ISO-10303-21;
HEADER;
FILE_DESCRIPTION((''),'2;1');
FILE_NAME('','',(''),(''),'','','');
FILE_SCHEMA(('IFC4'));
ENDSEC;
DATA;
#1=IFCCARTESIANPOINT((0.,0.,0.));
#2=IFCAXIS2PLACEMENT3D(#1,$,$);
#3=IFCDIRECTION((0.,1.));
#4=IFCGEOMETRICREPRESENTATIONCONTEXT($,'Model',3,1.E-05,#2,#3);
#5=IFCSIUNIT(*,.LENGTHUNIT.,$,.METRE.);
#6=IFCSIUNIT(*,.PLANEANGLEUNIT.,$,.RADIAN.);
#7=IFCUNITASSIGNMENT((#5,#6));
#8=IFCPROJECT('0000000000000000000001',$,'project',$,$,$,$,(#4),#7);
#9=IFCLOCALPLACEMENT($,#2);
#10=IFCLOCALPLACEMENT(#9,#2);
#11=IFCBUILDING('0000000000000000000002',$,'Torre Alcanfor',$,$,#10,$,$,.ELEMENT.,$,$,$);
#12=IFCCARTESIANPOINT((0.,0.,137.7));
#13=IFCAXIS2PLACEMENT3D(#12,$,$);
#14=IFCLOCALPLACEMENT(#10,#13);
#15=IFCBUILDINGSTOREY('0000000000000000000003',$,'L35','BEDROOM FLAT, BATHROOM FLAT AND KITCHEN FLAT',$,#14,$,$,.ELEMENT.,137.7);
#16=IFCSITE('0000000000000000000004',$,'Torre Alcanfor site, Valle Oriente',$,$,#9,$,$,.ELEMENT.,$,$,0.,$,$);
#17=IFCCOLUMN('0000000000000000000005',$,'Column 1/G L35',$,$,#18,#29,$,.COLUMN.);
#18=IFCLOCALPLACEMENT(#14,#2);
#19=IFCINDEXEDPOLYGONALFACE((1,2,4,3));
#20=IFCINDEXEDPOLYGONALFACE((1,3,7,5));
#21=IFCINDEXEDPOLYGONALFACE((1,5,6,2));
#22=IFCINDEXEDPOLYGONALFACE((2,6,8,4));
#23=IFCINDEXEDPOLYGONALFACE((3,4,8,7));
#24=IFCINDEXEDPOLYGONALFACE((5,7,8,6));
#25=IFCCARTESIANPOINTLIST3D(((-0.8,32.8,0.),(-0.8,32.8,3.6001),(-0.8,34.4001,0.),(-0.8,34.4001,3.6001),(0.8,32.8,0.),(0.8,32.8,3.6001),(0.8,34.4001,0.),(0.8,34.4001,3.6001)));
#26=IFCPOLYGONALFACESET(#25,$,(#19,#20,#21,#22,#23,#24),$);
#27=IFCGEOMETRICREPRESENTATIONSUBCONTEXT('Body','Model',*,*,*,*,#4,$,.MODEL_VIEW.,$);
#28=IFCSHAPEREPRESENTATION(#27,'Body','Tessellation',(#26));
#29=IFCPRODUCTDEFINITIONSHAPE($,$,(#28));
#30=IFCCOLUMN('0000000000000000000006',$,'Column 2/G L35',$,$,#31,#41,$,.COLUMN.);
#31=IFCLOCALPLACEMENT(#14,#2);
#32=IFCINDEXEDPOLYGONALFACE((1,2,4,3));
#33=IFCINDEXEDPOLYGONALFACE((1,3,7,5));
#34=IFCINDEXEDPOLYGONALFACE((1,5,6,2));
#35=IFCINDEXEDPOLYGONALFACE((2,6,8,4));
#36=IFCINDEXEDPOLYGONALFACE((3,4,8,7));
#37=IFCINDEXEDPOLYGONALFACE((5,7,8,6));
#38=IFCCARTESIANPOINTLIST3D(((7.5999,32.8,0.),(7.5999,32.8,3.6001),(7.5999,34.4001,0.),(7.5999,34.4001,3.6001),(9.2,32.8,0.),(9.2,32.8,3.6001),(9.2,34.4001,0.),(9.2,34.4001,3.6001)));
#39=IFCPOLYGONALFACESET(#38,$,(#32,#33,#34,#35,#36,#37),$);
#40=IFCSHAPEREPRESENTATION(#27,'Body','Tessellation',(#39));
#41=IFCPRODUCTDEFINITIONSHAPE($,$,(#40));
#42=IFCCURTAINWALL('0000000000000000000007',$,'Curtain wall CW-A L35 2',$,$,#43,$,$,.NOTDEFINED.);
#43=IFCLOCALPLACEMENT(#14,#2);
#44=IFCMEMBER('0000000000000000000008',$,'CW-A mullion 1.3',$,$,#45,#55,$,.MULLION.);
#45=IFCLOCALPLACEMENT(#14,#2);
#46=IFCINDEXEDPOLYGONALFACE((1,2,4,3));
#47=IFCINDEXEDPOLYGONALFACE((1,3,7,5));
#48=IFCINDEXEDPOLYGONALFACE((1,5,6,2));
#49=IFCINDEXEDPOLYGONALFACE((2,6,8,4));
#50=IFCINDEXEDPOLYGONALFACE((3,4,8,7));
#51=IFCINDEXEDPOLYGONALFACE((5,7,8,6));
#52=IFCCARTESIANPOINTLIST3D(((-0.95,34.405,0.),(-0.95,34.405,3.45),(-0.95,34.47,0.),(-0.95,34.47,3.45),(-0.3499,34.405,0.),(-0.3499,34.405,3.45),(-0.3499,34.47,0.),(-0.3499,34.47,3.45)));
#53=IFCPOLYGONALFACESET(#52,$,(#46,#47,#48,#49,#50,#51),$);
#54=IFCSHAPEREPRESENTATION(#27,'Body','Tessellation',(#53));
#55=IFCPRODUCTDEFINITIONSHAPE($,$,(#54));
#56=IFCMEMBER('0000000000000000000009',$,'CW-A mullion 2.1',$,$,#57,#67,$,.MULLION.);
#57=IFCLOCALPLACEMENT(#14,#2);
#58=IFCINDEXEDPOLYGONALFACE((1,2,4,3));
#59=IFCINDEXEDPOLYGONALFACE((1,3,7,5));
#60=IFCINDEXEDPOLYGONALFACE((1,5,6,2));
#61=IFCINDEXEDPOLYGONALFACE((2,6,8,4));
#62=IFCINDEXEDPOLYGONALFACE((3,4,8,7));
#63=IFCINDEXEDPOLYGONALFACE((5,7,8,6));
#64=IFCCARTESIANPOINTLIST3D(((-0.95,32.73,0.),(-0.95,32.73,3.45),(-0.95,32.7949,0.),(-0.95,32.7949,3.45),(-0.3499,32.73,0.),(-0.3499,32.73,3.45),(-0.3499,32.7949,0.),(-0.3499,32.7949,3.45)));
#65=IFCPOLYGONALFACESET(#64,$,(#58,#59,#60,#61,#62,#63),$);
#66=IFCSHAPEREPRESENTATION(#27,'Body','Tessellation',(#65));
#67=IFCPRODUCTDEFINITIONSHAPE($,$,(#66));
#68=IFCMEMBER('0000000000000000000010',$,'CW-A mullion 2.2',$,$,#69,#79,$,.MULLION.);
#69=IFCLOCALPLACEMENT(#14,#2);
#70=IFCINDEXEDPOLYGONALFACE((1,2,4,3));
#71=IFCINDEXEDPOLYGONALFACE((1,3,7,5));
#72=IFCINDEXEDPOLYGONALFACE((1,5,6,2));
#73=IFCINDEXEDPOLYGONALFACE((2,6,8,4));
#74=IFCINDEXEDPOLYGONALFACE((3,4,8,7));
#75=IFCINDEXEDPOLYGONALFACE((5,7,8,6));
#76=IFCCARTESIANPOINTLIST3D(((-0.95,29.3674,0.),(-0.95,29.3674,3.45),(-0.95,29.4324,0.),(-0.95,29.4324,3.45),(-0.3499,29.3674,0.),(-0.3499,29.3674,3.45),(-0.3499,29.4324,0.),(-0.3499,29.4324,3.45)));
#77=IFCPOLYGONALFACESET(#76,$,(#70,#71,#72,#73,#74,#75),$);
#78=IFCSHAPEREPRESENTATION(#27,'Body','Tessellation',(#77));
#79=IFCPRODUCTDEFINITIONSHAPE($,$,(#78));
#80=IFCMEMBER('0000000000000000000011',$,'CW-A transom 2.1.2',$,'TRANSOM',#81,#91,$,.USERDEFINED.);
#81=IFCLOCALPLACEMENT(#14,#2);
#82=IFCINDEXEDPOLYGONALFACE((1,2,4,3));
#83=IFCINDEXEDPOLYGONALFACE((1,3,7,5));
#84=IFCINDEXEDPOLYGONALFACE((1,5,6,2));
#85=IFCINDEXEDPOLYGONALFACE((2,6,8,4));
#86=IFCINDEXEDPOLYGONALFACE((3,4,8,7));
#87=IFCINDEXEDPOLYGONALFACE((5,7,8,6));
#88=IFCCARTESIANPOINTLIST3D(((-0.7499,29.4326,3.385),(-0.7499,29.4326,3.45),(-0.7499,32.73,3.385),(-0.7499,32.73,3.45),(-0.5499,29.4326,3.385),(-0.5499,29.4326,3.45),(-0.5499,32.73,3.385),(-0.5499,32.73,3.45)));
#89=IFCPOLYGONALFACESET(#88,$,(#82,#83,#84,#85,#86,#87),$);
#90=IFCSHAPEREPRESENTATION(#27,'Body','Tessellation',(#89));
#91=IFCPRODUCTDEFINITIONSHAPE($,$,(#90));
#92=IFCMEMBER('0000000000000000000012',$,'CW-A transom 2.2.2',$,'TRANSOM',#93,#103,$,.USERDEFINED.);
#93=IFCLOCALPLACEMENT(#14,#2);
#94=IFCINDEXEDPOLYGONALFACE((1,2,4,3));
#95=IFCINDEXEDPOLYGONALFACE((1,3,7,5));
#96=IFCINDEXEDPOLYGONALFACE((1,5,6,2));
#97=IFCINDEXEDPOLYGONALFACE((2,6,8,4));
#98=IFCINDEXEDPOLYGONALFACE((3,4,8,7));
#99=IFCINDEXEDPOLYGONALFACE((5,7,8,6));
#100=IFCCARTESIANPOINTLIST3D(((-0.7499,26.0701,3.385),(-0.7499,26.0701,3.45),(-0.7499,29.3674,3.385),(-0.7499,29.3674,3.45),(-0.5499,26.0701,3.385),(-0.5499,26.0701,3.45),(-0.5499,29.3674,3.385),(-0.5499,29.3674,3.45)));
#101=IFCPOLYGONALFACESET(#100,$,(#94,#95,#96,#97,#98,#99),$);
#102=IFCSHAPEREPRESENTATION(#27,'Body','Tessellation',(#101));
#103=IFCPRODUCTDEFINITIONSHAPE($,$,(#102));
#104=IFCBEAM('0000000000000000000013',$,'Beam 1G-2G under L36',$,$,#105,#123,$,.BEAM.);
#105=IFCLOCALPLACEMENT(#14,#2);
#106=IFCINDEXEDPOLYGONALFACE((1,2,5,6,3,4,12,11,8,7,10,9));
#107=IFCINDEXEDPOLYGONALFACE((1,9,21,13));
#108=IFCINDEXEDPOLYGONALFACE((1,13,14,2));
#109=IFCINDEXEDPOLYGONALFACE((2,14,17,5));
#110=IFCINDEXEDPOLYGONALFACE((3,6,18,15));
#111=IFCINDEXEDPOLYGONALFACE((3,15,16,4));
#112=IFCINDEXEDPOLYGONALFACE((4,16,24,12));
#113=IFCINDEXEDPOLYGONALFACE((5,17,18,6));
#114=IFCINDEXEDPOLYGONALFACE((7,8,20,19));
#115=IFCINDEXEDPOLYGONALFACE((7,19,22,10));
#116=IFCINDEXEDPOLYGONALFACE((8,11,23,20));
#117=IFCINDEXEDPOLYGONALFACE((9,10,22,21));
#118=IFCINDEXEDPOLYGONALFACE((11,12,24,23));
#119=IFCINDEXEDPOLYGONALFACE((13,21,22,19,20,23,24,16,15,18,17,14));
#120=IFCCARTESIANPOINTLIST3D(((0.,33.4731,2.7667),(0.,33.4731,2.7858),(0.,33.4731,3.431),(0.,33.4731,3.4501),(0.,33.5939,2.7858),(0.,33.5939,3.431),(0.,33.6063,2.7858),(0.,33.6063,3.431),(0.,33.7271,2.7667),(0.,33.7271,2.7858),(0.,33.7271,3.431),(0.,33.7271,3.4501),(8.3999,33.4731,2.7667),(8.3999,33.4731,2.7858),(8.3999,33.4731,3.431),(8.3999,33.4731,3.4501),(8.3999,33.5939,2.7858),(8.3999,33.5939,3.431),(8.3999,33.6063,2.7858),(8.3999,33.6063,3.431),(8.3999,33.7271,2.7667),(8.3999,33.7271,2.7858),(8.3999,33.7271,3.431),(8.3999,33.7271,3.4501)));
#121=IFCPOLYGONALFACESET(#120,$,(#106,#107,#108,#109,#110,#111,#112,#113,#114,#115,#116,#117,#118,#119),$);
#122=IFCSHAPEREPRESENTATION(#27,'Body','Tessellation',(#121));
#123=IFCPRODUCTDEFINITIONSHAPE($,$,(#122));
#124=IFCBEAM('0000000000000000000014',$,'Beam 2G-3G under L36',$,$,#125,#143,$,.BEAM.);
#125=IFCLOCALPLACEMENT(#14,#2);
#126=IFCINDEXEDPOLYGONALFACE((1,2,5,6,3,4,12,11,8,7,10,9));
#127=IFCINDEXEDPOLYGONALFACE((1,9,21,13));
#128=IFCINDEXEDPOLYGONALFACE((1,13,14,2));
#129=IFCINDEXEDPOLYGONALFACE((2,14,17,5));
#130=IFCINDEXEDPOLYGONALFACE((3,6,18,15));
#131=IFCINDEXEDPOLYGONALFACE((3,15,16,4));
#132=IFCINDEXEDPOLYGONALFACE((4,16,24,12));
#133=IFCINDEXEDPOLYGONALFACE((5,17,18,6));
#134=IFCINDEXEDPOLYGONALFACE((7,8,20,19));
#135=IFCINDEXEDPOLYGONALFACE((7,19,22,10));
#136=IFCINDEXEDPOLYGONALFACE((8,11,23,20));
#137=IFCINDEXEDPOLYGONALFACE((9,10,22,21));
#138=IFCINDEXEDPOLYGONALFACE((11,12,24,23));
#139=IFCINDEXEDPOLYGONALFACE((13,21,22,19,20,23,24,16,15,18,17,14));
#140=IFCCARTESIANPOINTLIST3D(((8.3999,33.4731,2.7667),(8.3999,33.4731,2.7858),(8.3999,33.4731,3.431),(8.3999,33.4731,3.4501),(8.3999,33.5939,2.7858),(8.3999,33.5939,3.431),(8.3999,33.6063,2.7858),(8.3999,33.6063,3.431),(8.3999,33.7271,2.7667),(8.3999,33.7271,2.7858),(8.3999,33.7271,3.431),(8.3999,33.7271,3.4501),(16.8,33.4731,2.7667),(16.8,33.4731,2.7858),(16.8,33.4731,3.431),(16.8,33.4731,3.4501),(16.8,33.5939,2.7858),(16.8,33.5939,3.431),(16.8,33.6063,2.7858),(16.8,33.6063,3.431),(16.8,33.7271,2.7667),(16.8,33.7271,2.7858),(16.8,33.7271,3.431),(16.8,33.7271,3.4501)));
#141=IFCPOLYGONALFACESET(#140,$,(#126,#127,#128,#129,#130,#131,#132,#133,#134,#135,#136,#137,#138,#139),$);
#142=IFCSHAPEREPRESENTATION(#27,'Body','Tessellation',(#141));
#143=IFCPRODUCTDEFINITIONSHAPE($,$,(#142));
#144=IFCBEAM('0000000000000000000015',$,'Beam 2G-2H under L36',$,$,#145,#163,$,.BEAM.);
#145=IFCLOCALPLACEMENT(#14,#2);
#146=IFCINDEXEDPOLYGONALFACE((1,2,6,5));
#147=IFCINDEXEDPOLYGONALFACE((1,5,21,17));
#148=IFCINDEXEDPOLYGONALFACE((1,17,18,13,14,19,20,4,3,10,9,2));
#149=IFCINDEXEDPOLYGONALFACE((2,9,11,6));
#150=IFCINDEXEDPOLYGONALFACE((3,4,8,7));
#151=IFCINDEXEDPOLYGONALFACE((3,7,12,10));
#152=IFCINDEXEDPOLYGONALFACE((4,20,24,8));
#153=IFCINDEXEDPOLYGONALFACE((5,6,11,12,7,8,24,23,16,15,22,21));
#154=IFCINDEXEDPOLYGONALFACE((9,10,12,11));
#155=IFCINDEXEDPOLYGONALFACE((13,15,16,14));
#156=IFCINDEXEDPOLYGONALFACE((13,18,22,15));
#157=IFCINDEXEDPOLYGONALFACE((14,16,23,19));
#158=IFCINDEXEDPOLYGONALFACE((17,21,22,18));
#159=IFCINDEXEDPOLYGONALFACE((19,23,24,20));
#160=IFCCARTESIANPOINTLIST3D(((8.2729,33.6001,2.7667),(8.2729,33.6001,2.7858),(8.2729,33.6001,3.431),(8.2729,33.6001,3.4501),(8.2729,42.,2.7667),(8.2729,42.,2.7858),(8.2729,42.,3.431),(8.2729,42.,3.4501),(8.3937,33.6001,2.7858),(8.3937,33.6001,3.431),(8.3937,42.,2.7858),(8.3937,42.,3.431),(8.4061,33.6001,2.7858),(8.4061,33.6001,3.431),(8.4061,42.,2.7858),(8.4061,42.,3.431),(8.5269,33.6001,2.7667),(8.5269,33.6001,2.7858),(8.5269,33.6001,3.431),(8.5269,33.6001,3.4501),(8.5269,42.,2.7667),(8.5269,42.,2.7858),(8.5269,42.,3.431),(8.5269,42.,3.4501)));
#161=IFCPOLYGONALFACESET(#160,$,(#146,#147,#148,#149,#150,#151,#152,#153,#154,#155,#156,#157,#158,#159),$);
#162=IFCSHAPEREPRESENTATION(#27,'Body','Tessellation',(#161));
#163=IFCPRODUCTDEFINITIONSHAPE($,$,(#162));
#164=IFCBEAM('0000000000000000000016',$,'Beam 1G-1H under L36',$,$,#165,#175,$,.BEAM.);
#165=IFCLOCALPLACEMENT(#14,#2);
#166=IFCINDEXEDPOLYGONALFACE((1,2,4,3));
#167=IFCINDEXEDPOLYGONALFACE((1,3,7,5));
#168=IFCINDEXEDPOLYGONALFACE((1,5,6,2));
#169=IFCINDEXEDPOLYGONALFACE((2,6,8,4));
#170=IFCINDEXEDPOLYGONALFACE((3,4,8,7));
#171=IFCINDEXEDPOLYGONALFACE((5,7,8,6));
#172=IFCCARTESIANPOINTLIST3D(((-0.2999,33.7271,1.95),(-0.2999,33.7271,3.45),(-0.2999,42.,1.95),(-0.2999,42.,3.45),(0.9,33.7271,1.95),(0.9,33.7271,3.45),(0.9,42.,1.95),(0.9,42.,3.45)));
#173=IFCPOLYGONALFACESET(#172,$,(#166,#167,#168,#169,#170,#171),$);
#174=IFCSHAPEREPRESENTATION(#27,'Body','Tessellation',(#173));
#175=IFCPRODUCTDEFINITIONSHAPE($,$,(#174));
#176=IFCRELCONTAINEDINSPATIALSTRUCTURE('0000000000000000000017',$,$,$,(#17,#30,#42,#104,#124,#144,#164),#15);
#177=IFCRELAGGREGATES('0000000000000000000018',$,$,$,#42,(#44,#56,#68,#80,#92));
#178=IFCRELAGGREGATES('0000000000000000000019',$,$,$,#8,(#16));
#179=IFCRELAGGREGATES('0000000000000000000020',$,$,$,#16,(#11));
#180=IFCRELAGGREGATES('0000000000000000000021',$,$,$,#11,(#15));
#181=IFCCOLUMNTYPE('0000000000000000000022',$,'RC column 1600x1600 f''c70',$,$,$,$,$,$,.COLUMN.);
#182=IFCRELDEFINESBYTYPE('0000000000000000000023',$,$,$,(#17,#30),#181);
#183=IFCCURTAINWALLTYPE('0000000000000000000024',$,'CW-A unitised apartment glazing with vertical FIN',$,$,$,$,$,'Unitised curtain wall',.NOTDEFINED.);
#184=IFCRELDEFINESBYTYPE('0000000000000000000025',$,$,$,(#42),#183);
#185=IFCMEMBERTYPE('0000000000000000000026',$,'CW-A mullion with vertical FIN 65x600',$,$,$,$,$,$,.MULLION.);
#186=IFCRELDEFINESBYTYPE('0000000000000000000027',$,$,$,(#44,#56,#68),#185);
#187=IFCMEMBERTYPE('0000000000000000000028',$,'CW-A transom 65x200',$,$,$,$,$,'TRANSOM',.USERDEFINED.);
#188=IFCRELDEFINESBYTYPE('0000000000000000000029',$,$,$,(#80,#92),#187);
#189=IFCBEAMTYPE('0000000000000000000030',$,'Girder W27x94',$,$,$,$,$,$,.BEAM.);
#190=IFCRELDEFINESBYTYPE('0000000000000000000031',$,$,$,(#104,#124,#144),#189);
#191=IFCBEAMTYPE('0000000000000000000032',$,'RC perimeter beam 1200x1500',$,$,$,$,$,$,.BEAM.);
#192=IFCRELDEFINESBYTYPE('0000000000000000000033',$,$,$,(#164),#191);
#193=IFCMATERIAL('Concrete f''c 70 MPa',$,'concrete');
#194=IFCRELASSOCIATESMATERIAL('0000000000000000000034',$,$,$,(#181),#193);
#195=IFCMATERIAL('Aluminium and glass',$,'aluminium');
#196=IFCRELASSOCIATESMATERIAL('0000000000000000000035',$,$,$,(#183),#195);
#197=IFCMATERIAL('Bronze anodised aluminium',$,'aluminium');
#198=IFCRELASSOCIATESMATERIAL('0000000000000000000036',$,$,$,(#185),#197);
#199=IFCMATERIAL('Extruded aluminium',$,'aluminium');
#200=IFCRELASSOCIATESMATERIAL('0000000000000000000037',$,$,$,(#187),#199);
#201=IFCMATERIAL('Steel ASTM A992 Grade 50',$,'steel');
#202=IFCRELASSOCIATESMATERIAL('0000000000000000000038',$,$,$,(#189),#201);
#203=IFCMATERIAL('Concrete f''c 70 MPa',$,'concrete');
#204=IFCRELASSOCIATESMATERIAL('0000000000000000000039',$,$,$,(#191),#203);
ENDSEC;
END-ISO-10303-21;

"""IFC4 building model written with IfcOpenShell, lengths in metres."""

from ifc_helpers import new_model, si_unit, direction, frame, origin, origin_2d, place, context, subcontext, project, spatial, rectangle, i_section, extrude, material, material_profile, profile_set, type_object, element, aggregate, save


model = new_model("IFC4")

# Units and contexts
model_context = context("Model", 3, precision=1e-05, world=origin(), true_north=direction((0.0, 1.0)))
body_context = subcontext(model_context, "Body", "Model", "MODEL_VIEW")
ifc_project = project(units=[si_unit("LENGTHUNIT", "METRE"), si_unit("PLANEANGLEUNIT", "RADIAN")], contexts=[model_context])

# Site, building, storey
site_placement = place(None, origin())
site = spatial("IfcSite", under=ifc_project, at=site_placement, Name="Torre Alcanfor site, Valle Oriente", CompositionType="ELEMENT", RefElevation=0.0)
building_placement = place(site_placement, origin())
building = spatial("IfcBuilding", under=site, at=building_placement, Name="Torre Alcanfor", CompositionType="ELEMENT")
storey_placement = place(building_placement, frame((0.0, 0.0, 137.7)))
storey = spatial("IfcBuildingStorey", under=building, at=storey_placement, Name="L35", Description="BEDROOM FLAT, BATHROOM FLAT AND KITCHEN FLAT", CompositionType="ELEMENT", Elevation=137.7)

# Columns
ifc_material_1 = material(Name="Concrete f'c 70 MPa", Category="concrete")
ifc_material_profile_1 = material_profile(ifc_material_1, rectangle(XDim=1.6001, YDim=1.6001, at=origin_2d()), Name="1600x1600")
ifc_profile_set_1 = profile_set([ifc_material_profile_1], Name="Concrete f'c 70 MPa")
column_type = type_object("IfcColumnType", Name="RC column 1600x1600 f'c70", PredefinedType="COLUMN", material=ifc_profile_set_1)
for number, where, z_axis, x_axis, name in (
    (1, (0.0, 33.6001, 0.0), (0.0, 0.0, 1.0), (1.0, 0.0, 0.0), "Column 1/G L35"),
    (2, (8.3999, 33.6001, 0.0), (0.0, 0.0, 1.0), (1.0, 0.0, 0.0), "Column 2/G L35"),
):
    element("IfcColumn", number, at=place(storey_placement, frame(where, z_axis=z_axis, x_axis=x_axis)), inside=storey, type_object=column_type, Name=name, PredefinedType="COLUMN", context=body_context, shape_type="SweptSolid", body=[
        extrude(rectangle(XDim=1.6001, YDim=1.6001, at=origin_2d()), origin(), (0.0, 0.0, 1.0), 3.6001),
    ])

# Curtain wall, members
ifc_material_2 = material(Name="Aluminium and glass", Category="aluminium")
curtain_wall_type = type_object("IfcCurtainWallType", Name="CW-A unitised apartment glazing with vertical FIN", ElementType="Unitised curtain wall", PredefinedType="NOTDEFINED", material=ifc_material_2)
curtain_wall_placement = place(storey_placement, origin())
curtain_wall = element("IfcCurtainWall", 3, at=curtain_wall_placement, inside=storey, type_object=curtain_wall_type, Name="Curtain wall CW-A L35 2", PredefinedType="NOTDEFINED")
ifc_material_3 = material(Name="Bronze anodised aluminium", Category="aluminium")
ifc_material_profile_2 = material_profile(ifc_material_3, rectangle(XDim=0.6001, YDim=0.0649, at=origin_2d()), Name="CW-A mullion 65x600")
ifc_profile_set_2 = profile_set([ifc_material_profile_2], Name="Bronze anodised aluminium")
member_type_1 = type_object("IfcMemberType", Name="CW-A mullion with vertical FIN 65x600", PredefinedType="MULLION", material=ifc_profile_set_2)
member_1_placement = place(storey_placement, frame((-0.6499, 34.4375, 0.0), z_axis=(0.0, 0.0, 1.0), x_axis=(1.0, 0.0, 0.0)))
member_1 = element("IfcMember", 4, at=member_1_placement, type_object=member_type_1, Name="CW-A mullion 1.3", PredefinedType="MULLION", context=body_context, shape_type="SweptSolid", body=[
    extrude(rectangle(XDim=0.6001, YDim=0.0649, at=origin_2d()), origin(), (0.0, 0.0, 1.0), 3.45),
])
member_2_placement = place(storey_placement, frame((-0.6499, 32.7625, 0.0), z_axis=(0.0, 0.0, 1.0), x_axis=(1.0, 0.0, 0.0)))
member_2 = element("IfcMember", 5, at=member_2_placement, type_object=member_type_1, Name="CW-A mullion 2.1", PredefinedType="MULLION", context=body_context, shape_type="SweptSolid", body=[
    extrude(rectangle(XDim=0.6001, YDim=0.0649, at=origin_2d()), origin(), (0.0, 0.0, 1.0), 3.45),
])
member_3_placement = place(storey_placement, frame((-0.6499, 29.3999, 0.0), z_axis=(0.0, 0.0, 1.0), x_axis=(1.0, 0.0, 0.0)))
member_3 = element("IfcMember", 6, at=member_3_placement, type_object=member_type_1, Name="CW-A mullion 2.2", PredefinedType="MULLION", context=body_context, shape_type="SweptSolid", body=[
    extrude(rectangle(XDim=0.6001, YDim=0.0649, at=origin_2d()), origin(), (0.0, 0.0, 1.0), 3.45),
])
ifc_material_4 = material(Name="Extruded aluminium", Category="aluminium")
ifc_material_profile_3 = material_profile(ifc_material_4, rectangle(XDim=0.2, YDim=0.0649, at=origin_2d()), Name="CW-A transom 200x65")
ifc_profile_set_3 = profile_set([ifc_material_profile_3], Name="Extruded aluminium")
member_type_2 = type_object("IfcMemberType", Name="CW-A transom 65x200", ElementType="TRANSOM", PredefinedType="USERDEFINED", material=ifc_profile_set_3)
member_4_placement = place(storey_placement, frame((-0.6499, 32.73, 3.4175), z_axis=(0.0, -1.0, 0.0), x_axis=(1.0, 0.0, 0.0)))
member_4 = element("IfcMember", 7, at=member_4_placement, type_object=member_type_2, Name="CW-A transom 2.1.2", ObjectType="TRANSOM", PredefinedType="USERDEFINED", context=body_context, shape_type="SweptSolid", body=[
    extrude(rectangle(XDim=0.2, YDim=0.0649, at=origin_2d()), origin(), (0.0, 0.0, 1.0), 3.2974),
])
member_5_placement = place(storey_placement, frame((-0.6499, 29.3674, 3.4175), z_axis=(0.0, -1.0, 0.0), x_axis=(1.0, 0.0, 0.0)))
member_5 = element("IfcMember", 8, at=member_5_placement, type_object=member_type_2, Name="CW-A transom 2.2.2", ObjectType="TRANSOM", PredefinedType="USERDEFINED", context=body_context, shape_type="SweptSolid", body=[
    extrude(rectangle(XDim=0.2, YDim=0.0649, at=origin_2d()), origin(), (0.0, 0.0, 1.0), 3.2974),
])

# Beams
ifc_material_5 = material(Name="Steel ASTM A992 Grade 50", Category="steel")
ifc_material_profile_4 = material_profile(ifc_material_5, i_section(OverallWidth=0.2539, OverallDepth=0.6833, WebThickness=0.0125, FlangeThickness=0.019, at=origin_2d()), Name="W27x94")
ifc_profile_set_4 = profile_set([ifc_material_profile_4], Name="Steel ASTM A992 Grade 50")
beam_type_1 = type_object("IfcBeamType", Name="Girder W27x94", PredefinedType="BEAM", material=ifc_profile_set_4)
beam_1_placement = place(storey_placement, frame((0.0, 33.6001, 3.1084), z_axis=(1.0, 0.0, 0.0), x_axis=(0.0, 1.0, 0.0)))
element("IfcBeam", 9, at=beam_1_placement, inside=storey, type_object=beam_type_1, Name="Beam 1G-2G under L36", PredefinedType="BEAM", context=body_context, shape_type="SweptSolid", body=[
    extrude(i_section(OverallWidth=0.2539, OverallDepth=0.6833, WebThickness=0.0125, FlangeThickness=0.019, at=origin_2d()), origin(), (0.0, 0.0, 1.0), 8.3999),
])
beam_2_placement = place(storey_placement, frame((8.3999, 33.6001, 3.1084), z_axis=(1.0, 0.0, 0.0), x_axis=(0.0, 1.0, 0.0)))
element("IfcBeam", 10, at=beam_2_placement, inside=storey, type_object=beam_type_1, Name="Beam 2G-3G under L36", PredefinedType="BEAM", context=body_context, shape_type="SweptSolid", body=[
    extrude(i_section(OverallWidth=0.2539, OverallDepth=0.6833, WebThickness=0.0125, FlangeThickness=0.019, at=origin_2d()), origin(), (0.0, 0.0, 1.0), 8.4001),
])
beam_3_placement = place(storey_placement, frame((8.3999, 33.6001, 3.1084), z_axis=(0.0, 1.0, 0.0), x_axis=(-1.0, 0.0, 0.0)))
element("IfcBeam", 11, at=beam_3_placement, inside=storey, type_object=beam_type_1, Name="Beam 2G-2H under L36", PredefinedType="BEAM", context=body_context, shape_type="SweptSolid", body=[
    extrude(i_section(OverallWidth=0.2539, OverallDepth=0.6833, WebThickness=0.0125, FlangeThickness=0.019, at=origin_2d()), origin(), (0.0, 0.0, 1.0), 8.3999),
])
ifc_material_6 = material(Name="Concrete f'c 70 MPa", Category="concrete")
ifc_material_profile_5 = material_profile(ifc_material_6, rectangle(XDim=1.2, YDim=1.5, at=origin_2d()), Name="1200x1500")
ifc_profile_set_5 = profile_set([ifc_material_profile_5], Name="Concrete f'c 70 MPa")
beam_type_2 = type_object("IfcBeamType", Name="RC perimeter beam 1200x1500", PredefinedType="BEAM", material=ifc_profile_set_5)
beam_4_placement = place(storey_placement, frame((0.3, 33.7271, 2.7), z_axis=(0.0, 1.0, 0.0), x_axis=(-1.0, 0.0, 0.0)))
element("IfcBeam", 12, at=beam_4_placement, inside=storey, type_object=beam_type_2, Name="Beam 1G-1H under L36", PredefinedType="BEAM", context=body_context, shape_type="SweptSolid", body=[
    extrude(rectangle(XDim=1.2, YDim=1.5, at=origin_2d()), origin(), (0.0, 0.0, 1.0), 8.2729),
])

aggregate(curtain_wall, [member_1, member_2, member_3, member_4, member_5])

save(model, "model.ifc")
